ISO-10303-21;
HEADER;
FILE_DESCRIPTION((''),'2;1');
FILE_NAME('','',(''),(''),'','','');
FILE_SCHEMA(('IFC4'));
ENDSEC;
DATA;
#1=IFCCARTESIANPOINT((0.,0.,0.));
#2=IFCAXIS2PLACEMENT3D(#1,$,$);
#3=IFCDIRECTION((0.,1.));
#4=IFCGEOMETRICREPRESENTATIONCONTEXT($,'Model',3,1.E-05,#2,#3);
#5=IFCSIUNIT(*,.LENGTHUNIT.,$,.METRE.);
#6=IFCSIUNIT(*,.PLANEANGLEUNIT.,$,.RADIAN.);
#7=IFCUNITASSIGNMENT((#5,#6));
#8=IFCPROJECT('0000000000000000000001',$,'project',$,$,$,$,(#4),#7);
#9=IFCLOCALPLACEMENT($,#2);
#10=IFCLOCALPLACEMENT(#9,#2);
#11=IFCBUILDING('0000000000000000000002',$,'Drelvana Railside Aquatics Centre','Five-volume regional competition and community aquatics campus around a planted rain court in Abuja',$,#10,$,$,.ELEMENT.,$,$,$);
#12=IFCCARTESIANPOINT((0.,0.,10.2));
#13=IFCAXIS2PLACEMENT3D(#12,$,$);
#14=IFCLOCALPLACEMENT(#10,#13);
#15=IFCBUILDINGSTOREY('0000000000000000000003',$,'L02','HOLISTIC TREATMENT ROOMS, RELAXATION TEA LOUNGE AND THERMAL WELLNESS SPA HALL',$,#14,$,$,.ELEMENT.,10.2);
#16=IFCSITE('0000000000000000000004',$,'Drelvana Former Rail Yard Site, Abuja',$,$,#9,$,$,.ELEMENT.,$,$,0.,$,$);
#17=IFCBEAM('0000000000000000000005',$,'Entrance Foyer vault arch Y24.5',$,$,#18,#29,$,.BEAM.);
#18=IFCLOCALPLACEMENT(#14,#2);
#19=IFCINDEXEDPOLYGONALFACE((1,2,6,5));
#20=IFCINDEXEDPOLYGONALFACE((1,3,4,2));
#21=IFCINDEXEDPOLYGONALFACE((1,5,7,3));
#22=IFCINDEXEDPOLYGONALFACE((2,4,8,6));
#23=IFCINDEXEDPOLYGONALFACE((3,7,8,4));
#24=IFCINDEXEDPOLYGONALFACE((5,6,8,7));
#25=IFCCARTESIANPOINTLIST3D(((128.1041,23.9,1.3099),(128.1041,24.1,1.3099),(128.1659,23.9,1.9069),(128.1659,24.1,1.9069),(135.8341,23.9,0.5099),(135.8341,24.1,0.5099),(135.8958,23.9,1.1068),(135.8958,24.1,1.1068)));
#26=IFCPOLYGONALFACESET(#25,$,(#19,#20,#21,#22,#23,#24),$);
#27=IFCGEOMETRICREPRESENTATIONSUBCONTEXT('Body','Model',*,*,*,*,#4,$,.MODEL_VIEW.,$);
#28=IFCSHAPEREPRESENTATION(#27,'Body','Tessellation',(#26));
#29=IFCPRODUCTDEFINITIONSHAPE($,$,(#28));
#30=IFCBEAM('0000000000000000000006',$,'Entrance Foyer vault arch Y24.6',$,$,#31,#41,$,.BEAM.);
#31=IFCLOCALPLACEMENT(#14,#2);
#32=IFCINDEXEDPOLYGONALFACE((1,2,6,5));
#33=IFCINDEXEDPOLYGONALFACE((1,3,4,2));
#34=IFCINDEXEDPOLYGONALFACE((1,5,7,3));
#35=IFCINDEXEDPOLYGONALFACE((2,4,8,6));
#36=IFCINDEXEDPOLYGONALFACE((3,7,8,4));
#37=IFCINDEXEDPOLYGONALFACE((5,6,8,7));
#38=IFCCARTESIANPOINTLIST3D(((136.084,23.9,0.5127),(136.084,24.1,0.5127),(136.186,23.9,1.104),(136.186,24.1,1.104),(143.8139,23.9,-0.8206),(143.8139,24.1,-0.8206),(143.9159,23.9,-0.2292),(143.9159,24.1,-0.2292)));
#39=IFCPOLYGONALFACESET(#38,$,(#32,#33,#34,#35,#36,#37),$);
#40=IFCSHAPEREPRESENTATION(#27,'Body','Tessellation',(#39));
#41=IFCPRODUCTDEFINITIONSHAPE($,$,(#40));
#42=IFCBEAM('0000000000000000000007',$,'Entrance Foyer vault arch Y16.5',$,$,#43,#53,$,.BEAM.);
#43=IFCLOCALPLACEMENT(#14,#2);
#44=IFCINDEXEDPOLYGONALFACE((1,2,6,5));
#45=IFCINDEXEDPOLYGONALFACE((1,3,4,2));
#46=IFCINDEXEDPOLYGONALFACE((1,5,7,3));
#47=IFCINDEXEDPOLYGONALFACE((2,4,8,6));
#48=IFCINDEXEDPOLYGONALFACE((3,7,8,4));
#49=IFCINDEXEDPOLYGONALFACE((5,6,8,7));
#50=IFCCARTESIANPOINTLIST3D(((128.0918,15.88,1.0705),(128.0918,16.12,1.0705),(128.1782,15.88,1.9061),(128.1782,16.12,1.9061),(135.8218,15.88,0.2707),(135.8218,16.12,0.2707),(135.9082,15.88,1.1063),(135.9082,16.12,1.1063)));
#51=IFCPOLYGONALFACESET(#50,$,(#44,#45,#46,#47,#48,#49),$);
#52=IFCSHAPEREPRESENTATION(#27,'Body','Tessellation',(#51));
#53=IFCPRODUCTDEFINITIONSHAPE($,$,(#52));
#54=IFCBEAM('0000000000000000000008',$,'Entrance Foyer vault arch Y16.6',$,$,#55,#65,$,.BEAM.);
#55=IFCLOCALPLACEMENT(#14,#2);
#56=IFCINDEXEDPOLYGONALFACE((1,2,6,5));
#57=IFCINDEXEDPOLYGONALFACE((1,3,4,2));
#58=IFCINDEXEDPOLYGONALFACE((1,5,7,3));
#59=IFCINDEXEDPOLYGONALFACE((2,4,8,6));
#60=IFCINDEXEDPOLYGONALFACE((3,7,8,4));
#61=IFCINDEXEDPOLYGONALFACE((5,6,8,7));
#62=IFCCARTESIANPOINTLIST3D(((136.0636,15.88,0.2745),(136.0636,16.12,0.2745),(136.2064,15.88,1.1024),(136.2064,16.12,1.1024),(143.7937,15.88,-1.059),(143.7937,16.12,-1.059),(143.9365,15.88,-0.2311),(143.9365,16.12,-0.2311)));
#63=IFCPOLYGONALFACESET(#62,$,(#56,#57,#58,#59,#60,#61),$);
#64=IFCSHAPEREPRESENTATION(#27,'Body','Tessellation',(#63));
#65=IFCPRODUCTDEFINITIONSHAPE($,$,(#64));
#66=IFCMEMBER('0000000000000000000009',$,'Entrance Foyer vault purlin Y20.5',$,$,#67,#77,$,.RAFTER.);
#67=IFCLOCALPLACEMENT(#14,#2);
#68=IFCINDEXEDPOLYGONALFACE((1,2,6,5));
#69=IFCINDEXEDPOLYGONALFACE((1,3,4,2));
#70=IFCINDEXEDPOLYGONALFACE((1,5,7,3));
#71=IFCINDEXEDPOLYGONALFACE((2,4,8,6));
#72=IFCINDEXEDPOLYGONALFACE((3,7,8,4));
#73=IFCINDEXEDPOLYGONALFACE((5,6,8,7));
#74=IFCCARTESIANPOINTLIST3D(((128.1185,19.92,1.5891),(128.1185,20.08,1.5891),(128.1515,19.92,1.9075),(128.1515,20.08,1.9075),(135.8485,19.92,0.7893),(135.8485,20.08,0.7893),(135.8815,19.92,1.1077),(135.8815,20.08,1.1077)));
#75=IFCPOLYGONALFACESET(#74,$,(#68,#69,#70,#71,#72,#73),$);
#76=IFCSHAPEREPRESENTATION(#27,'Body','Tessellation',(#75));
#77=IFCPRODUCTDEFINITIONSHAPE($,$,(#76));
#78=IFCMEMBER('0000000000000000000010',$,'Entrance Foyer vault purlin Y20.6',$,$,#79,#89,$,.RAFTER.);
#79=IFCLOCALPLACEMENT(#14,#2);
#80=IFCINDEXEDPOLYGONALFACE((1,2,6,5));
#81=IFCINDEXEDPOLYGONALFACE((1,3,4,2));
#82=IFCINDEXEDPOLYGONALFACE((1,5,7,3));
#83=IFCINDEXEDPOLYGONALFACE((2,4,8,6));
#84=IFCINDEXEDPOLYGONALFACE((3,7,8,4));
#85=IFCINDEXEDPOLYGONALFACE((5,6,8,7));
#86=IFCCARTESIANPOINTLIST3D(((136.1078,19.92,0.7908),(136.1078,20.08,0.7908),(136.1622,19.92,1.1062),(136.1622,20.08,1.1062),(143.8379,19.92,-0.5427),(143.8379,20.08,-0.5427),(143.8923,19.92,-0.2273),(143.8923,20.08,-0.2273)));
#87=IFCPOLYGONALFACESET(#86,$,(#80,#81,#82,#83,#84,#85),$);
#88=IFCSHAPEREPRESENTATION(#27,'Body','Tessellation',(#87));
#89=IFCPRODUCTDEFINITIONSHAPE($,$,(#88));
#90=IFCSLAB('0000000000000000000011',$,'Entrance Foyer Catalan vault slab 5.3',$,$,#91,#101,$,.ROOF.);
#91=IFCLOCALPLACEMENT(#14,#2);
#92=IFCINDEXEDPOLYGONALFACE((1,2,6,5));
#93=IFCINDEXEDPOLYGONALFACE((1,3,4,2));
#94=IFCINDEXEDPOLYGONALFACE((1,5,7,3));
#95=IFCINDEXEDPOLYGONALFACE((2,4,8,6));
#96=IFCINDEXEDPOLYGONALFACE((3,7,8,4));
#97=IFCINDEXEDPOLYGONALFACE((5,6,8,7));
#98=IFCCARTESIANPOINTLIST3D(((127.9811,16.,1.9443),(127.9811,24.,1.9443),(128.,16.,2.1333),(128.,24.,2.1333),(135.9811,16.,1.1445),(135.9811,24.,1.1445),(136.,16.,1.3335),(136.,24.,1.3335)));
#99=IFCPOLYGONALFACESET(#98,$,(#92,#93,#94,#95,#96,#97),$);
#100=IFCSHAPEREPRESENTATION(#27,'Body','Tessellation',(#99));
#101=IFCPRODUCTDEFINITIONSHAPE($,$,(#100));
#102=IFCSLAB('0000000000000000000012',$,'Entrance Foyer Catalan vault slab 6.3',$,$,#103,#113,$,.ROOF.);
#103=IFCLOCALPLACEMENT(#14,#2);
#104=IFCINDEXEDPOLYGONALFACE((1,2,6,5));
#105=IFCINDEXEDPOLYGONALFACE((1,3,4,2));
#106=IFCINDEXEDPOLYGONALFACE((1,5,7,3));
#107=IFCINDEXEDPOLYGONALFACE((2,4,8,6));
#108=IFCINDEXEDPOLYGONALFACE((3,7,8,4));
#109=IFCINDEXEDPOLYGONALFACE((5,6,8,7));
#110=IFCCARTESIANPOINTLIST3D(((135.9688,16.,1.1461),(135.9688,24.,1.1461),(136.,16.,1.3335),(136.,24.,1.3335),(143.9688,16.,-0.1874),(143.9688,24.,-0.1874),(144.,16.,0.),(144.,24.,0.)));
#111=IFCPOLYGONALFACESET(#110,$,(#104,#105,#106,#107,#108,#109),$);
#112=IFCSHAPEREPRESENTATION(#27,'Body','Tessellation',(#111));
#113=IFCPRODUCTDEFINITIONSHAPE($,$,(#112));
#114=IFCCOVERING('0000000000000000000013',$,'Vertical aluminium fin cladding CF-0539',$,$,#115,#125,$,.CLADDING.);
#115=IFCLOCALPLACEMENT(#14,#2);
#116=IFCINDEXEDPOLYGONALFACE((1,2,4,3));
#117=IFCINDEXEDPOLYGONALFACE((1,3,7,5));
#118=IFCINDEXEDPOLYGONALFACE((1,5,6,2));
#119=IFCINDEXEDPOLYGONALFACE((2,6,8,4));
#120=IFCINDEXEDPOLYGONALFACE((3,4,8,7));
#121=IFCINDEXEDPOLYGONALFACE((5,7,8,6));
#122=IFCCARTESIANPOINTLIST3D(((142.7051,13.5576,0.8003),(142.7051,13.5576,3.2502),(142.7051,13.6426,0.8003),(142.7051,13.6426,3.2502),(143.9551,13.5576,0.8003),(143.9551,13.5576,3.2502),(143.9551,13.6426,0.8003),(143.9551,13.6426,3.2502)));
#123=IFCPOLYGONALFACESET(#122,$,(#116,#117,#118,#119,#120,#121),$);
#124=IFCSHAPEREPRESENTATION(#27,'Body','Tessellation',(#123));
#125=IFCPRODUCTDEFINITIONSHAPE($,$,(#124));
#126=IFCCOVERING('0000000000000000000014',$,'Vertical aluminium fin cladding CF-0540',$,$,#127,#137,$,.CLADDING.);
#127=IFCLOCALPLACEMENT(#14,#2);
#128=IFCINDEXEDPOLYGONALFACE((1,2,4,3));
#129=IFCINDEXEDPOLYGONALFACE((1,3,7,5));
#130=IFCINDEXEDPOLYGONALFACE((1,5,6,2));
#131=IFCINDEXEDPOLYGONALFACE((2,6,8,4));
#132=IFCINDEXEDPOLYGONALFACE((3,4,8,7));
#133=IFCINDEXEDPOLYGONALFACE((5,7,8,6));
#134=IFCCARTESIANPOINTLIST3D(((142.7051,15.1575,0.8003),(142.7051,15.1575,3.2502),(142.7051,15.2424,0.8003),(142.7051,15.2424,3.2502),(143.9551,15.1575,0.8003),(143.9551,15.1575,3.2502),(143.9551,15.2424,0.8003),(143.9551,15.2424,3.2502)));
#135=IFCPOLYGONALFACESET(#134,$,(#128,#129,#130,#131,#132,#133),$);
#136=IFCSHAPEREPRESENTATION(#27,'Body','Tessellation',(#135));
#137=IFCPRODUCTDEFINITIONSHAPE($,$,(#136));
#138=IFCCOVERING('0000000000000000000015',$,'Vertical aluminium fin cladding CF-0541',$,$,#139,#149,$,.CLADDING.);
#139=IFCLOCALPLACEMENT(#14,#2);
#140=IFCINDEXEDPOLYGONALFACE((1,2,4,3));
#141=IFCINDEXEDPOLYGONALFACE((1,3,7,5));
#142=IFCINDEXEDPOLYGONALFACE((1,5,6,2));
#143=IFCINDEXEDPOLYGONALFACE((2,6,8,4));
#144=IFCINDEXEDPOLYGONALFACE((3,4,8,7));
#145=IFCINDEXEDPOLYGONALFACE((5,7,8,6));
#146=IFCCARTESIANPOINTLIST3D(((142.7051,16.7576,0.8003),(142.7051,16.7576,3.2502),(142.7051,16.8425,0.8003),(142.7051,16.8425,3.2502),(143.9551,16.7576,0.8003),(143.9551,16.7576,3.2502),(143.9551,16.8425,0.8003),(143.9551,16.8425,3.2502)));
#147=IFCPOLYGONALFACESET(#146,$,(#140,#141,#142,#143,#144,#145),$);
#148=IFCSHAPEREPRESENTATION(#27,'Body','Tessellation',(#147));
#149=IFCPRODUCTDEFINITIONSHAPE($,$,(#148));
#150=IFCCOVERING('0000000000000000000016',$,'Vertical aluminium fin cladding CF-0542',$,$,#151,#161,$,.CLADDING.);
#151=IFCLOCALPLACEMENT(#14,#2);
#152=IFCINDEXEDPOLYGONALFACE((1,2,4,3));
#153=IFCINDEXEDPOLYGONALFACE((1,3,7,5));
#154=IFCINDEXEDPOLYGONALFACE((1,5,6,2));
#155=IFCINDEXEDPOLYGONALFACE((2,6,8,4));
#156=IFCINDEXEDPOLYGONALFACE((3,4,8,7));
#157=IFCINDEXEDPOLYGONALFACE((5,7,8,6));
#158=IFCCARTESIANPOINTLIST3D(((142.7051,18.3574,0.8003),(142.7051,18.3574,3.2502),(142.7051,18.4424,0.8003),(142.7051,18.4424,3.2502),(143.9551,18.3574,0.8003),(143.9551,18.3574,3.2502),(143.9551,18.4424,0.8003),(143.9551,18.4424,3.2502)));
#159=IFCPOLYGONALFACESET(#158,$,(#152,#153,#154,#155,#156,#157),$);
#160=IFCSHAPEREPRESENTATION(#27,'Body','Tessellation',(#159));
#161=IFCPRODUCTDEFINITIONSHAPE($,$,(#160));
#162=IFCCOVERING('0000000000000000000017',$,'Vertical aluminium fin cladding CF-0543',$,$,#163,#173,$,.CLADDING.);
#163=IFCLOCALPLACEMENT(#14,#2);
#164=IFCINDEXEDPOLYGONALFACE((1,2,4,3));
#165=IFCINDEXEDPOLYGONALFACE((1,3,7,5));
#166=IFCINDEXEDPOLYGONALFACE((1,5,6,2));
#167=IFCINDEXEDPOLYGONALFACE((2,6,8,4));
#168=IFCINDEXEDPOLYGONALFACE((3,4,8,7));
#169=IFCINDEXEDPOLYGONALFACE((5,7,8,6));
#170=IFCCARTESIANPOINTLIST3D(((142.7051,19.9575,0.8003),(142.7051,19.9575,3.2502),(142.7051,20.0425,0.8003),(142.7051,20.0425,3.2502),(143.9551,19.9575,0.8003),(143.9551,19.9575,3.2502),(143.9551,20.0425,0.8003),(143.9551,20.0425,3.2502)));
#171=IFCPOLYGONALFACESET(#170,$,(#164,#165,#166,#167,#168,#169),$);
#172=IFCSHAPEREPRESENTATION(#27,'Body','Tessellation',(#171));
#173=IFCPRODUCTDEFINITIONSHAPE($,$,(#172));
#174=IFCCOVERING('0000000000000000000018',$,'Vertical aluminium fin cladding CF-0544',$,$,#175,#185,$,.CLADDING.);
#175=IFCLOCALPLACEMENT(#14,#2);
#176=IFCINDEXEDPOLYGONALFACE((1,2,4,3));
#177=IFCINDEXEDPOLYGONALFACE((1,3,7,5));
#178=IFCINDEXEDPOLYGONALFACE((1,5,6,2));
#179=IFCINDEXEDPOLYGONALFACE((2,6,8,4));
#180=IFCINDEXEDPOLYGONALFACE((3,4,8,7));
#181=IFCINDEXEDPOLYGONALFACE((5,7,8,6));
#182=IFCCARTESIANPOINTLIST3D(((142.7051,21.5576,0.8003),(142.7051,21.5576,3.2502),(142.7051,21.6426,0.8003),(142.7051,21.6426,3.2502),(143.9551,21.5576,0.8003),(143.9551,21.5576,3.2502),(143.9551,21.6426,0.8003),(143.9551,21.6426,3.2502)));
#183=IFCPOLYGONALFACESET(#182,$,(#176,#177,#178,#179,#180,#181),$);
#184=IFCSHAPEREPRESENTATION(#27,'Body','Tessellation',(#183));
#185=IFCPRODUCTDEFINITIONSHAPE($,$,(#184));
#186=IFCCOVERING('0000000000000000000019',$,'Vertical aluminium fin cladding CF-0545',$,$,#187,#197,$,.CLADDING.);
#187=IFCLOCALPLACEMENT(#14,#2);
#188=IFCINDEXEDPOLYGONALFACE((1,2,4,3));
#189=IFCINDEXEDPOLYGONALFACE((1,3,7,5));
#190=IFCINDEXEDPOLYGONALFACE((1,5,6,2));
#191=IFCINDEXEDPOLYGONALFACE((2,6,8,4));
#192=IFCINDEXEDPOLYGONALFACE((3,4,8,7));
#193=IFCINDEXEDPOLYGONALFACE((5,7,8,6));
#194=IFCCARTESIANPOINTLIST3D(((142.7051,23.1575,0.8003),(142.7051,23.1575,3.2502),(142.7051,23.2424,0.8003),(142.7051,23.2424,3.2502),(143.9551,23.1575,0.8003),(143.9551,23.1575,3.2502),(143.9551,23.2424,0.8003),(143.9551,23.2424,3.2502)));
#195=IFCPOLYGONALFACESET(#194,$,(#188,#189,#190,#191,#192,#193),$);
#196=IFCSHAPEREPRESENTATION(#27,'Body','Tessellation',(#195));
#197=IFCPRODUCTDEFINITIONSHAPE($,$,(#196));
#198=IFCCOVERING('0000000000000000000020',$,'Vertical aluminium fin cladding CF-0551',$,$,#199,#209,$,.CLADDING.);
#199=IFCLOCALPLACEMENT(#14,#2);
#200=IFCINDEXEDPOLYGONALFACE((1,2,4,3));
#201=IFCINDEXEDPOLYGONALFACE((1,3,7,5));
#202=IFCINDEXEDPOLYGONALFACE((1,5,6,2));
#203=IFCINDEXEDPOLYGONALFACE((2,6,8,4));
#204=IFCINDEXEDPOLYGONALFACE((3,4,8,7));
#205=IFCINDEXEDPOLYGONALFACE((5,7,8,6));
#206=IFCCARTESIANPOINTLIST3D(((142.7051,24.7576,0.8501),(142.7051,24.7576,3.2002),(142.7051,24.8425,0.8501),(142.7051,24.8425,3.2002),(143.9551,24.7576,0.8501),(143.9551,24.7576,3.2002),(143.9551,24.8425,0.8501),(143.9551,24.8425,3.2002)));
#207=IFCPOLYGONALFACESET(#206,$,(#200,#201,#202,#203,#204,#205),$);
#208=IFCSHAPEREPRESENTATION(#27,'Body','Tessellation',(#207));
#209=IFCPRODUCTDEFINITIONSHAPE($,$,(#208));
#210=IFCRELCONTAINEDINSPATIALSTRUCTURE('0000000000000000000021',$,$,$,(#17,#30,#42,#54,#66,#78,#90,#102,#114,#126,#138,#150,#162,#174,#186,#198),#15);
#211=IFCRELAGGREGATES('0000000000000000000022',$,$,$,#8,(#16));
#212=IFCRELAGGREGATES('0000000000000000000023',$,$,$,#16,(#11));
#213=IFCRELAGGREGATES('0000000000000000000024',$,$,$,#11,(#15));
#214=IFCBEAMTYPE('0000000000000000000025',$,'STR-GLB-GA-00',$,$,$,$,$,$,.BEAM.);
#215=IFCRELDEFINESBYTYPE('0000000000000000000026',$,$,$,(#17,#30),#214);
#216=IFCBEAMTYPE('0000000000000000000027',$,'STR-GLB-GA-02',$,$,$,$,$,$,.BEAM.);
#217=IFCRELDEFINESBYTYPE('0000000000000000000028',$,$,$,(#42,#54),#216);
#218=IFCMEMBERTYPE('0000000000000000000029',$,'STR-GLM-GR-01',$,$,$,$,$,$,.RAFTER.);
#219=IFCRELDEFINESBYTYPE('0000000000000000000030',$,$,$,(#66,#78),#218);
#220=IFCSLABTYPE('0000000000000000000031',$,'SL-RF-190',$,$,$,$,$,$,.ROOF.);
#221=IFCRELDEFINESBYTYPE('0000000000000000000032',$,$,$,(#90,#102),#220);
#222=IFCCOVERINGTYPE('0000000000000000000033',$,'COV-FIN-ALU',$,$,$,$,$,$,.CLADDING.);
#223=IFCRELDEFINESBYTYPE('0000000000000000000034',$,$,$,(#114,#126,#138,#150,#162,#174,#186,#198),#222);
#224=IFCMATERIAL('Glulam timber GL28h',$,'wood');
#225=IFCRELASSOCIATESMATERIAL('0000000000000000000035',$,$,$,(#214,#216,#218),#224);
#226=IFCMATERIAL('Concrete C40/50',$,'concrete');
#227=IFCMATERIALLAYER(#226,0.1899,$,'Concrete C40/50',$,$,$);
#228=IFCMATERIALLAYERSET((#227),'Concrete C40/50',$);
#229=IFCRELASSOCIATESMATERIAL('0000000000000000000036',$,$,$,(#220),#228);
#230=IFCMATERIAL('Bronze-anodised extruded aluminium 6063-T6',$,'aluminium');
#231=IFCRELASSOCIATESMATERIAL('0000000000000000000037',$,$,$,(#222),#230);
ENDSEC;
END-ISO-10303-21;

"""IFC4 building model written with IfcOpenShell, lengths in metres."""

from ifc_helpers import new_model, si_unit, direction, frame, origin, origin_2d, place, context, subcontext, project, spatial, polyline, rectangle, outline, extrude, material, layer, layer_set, material_profile, profile_set, type_object, element, save


model = new_model("IFC4")

# Units and contexts
model_context = context("Model", 3, precision=1e-05, world=origin(), true_north=direction((0.0, 1.0)))
body_context = subcontext(model_context, "Body", "Model", "MODEL_VIEW")
ifc_project = project(units=[si_unit("LENGTHUNIT", "METRE"), si_unit("PLANEANGLEUNIT", "RADIAN")], contexts=[model_context])

# Site, building, storey
site_placement = place(None, origin())
site = spatial("IfcSite", under=ifc_project, at=site_placement, Name="Drelvana Former Rail Yard Site, Abuja", CompositionType="ELEMENT", RefElevation=0.0)
building_placement = place(site_placement, origin())
building = spatial("IfcBuilding", under=site, at=building_placement, Name="Drelvana Railside Aquatics Centre", Description="Five-volume regional competition and community aquatics campus around a planted rain court in Abuja", CompositionType="ELEMENT")
storey_placement = place(building_placement, frame((0.0, 0.0, 10.2)))
storey = spatial("IfcBuildingStorey", under=building, at=storey_placement, Name="L02", Description="HOLISTIC TREATMENT ROOMS, RELAXATION TEA LOUNGE AND THERMAL WELLNESS SPA HALL", CompositionType="ELEMENT", Elevation=10.2)

# Beams
ifc_material_1 = material(Name="Glulam timber GL28h", Category="wood")
ifc_material_profile_1 = material_profile(ifc_material_1, rectangle(XDim=0.2, YDim=0.6001, at=origin_2d()), Name="GL28h 200x600")
ifc_profile_set_1 = profile_set([ifc_material_profile_1], Name="Glulam timber GL28h")
beam_type_1 = type_object("IfcBeamType", Name="STR-GLB-GA-00", PredefinedType="BEAM", material=ifc_profile_set_1)
beam_1_placement = place(storey_placement, frame((128.135, 24.0, 1.6084), z_axis=(0.994687, 0.0, -0.10295), x_axis=(0.0, 1.0, 0.0)))
element("IfcBeam", 1, at=beam_1_placement, inside=storey, type_object=beam_type_1, Name="Entrance Foyer vault arch Y24.5", PredefinedType="BEAM", context=body_context, shape_type="SweptSolid", body=[
    extrude(rectangle(XDim=0.2, YDim=0.6001, at=origin_2d()), origin(), (0.0, 0.0, 1.0), 7.7712),
])
beam_2_placement = place(storey_placement, frame((136.135, 24.0, 0.8083), z_axis=(0.98545, 0.0, -0.169968), x_axis=(0.0, 1.0, 0.0)))
element("IfcBeam", 2, at=beam_2_placement, inside=storey, type_object=beam_type_1, Name="Entrance Foyer vault arch Y24.6", PredefinedType="BEAM", context=body_context, shape_type="SweptSolid", body=[
    extrude(rectangle(XDim=0.2, YDim=0.6001, at=origin_2d()), origin(), (0.0, 0.0, 1.0), 7.844),
])
ifc_material_profile_2 = material_profile(ifc_material_1, rectangle(XDim=0.24, YDim=0.8401, at=origin_2d()), Name="GL28h 240x840")
ifc_profile_set_2 = profile_set([ifc_material_profile_2], Name="Glulam timber GL28h")
beam_type_2 = type_object("IfcBeamType", Name="STR-GLB-GA-02", PredefinedType="BEAM", material=ifc_profile_set_2)
beam_3_placement = place(storey_placement, frame((128.135, 16.0, 1.4883), z_axis=(0.99469, 0.0, -0.102918), x_axis=(0.0, 1.0, 0.0)))
element("IfcBeam", 3, at=beam_3_placement, inside=storey, type_object=beam_type_2, Name="Entrance Foyer vault arch Y16.5", PredefinedType="BEAM", context=body_context, shape_type="SweptSolid", body=[
    extrude(rectangle(XDim=0.24, YDim=0.8401, at=origin_2d()), origin(), (0.0, 0.0, 1.0), 7.7712),
])
beam_4_placement = place(storey_placement, frame((136.135, 16.0, 0.6885), z_axis=(0.985444, 0.0, -0.169999), x_axis=(0.0, 1.0, 0.0)))
element("IfcBeam", 4, at=beam_4_placement, inside=storey, type_object=beam_type_2, Name="Entrance Foyer vault arch Y16.6", PredefinedType="BEAM", context=body_context, shape_type="SweptSolid", body=[
    extrude(rectangle(XDim=0.24, YDim=0.8401, at=origin_2d()), origin(), (0.0, 0.0, 1.0), 7.8442),
])

# Members
ifc_material_profile_3 = material_profile(ifc_material_1, rectangle(XDim=0.1599, YDim=0.3201, at=origin_2d()), Name="GL28h 160x320")
ifc_profile_set_3 = profile_set([ifc_material_profile_3], Name="Glulam timber GL28h")
member_type = type_object("IfcMemberType", Name="STR-GLM-GR-01", PredefinedType="RAFTER", material=ifc_profile_set_3)
member_1_placement = place(storey_placement, frame((128.135, 20.0, 1.7483), z_axis=(0.99469, 0.0, -0.102918), x_axis=(0.0, 1.0, 0.0)))
element("IfcMember", 5, at=member_1_placement, inside=storey, type_object=member_type, Name="Entrance Foyer vault purlin Y20.5", PredefinedType="RAFTER", context=body_context, shape_type="SweptSolid", body=[
    extrude(rectangle(XDim=0.1599, YDim=0.3201, at=origin_2d()), origin(), (0.0, 0.0, 1.0), 7.7712),
])
member_2_placement = place(storey_placement, frame((136.135, 20.0, 0.9485), z_axis=(0.985444, 0.0, -0.169999), x_axis=(0.0, 1.0, 0.0)))
element("IfcMember", 6, at=member_2_placement, inside=storey, type_object=member_type, Name="Entrance Foyer vault purlin Y20.6", PredefinedType="RAFTER", context=body_context, shape_type="SweptSolid", body=[
    extrude(rectangle(XDim=0.1599, YDim=0.3201, at=origin_2d()), origin(), (0.0, 0.0, 1.0), 7.8442),
])

# Slabs
ifc_material_2 = material(Name="Concrete C40/50", Category="concrete")
ifc_layer = layer(ifc_material_2, 0.1899, Name="Concrete C40/50")
ifc_layer_set = layer_set([ifc_layer], Name="Concrete C40/50")
slab_type = type_object("IfcSlabType", Name="SL-RF-190", PredefinedType="ROOF", material=ifc_layer_set)
slab_1_placement = place(storey_placement, frame((128.0, 16.0, 2.1333), z_axis=(0.09948, 0.0, 0.99504), x_axis=(0.99504, 0.0, -0.09948)))
element("IfcSlab", 7, at=slab_1_placement, inside=storey, type_object=slab_type, Name="Entrance Foyer Catalan vault slab 5.3", PredefinedType="ROOF", context=body_context, shape_type="SweptSolid", body=[
    extrude(outline(polyline([(0.0, 0.0), (8.0399, 0.0), (8.0399, 8.0), (0.0, 8.0), (0.0, 0.0)])), origin(), (0.0, 0.0, -1.0), 0.1899),
])
slab_2_placement = place(storey_placement, frame((136.0, 16.0, 1.3335), z_axis=(0.164419, 0.0, 0.986391), x_axis=(0.986391, 0.0, -0.164419)))
element("IfcSlab", 8, at=slab_2_placement, inside=storey, type_object=slab_type, Name="Entrance Foyer Catalan vault slab 6.3", PredefinedType="ROOF", context=body_context, shape_type="SweptSolid", body=[
    extrude(outline(polyline([(0.0, 0.0), (8.1104, 0.0), (8.1104, 8.0), (0.0, 8.0), (0.0, 0.0)])), origin(), (0.0, 0.0, -1.0), 0.1899),
])

# Coverings
ifc_material_3 = material(Name="Bronze-anodised extruded aluminium 6063-T6", Category="aluminium")
covering_type = type_object("IfcCoveringType", Name="COV-FIN-ALU", PredefinedType="CLADDING", material=ifc_material_3)
for number, where, z_axis, x_axis, name in (
    (9, (143.3301, 13.6001, 0.8003), (0.0, 0.0, 1.0), (0.0, 1.0, 0.0), "Vertical aluminium fin cladding CF-0539"),
    (10, (143.3301, 15.2, 0.8003), (0.0, 0.0, 1.0), (0.0, 1.0, 0.0), "Vertical aluminium fin cladding CF-0540"),
    (11, (143.3301, 16.8, 0.8003), (0.0, 0.0, 1.0), (0.0, 1.0, 0.0), "Vertical aluminium fin cladding CF-0541"),
    (12, (143.3301, 18.3999, 0.8003), (0.0, 0.0, 1.0), (0.0, 1.0, 0.0), "Vertical aluminium fin cladding CF-0542"),
    (13, (143.3301, 20.0, 0.8003), (0.0, 0.0, 1.0), (0.0, 1.0, 0.0), "Vertical aluminium fin cladding CF-0543"),
    (14, (143.3301, 21.6001, 0.8003), (0.0, 0.0, 1.0), (0.0, 1.0, 0.0), "Vertical aluminium fin cladding CF-0544"),
    (15, (143.3301, 23.2, 0.8003), (0.0, 0.0, 1.0), (0.0, 1.0, 0.0), "Vertical aluminium fin cladding CF-0545"),
):
    element("IfcCovering", number, at=place(storey_placement, frame(where, z_axis=z_axis, x_axis=x_axis)), inside=storey, type_object=covering_type, Name=name, PredefinedType="CLADDING", context=body_context, shape_type="SweptSolid", body=[
        extrude(rectangle(XDim=0.085, YDim=1.25, at=origin_2d()), origin(), (0.0, 0.0, 1.0), 2.45),
    ])
covering_placement = place(storey_placement, frame((143.3301, 24.8, 0.8501), z_axis=(0.0, 0.0, 1.0), x_axis=(0.0, 1.0, 0.0)))
element("IfcCovering", 16, at=covering_placement, inside=storey, type_object=covering_type, Name="Vertical aluminium fin cladding CF-0551", PredefinedType="CLADDING", context=body_context, shape_type="SweptSolid", body=[
    extrude(rectangle(XDim=0.085, YDim=1.25, at=origin_2d()), origin(), (0.0, 0.0, 1.0), 2.3501),
])

save(model, "model.ifc")
